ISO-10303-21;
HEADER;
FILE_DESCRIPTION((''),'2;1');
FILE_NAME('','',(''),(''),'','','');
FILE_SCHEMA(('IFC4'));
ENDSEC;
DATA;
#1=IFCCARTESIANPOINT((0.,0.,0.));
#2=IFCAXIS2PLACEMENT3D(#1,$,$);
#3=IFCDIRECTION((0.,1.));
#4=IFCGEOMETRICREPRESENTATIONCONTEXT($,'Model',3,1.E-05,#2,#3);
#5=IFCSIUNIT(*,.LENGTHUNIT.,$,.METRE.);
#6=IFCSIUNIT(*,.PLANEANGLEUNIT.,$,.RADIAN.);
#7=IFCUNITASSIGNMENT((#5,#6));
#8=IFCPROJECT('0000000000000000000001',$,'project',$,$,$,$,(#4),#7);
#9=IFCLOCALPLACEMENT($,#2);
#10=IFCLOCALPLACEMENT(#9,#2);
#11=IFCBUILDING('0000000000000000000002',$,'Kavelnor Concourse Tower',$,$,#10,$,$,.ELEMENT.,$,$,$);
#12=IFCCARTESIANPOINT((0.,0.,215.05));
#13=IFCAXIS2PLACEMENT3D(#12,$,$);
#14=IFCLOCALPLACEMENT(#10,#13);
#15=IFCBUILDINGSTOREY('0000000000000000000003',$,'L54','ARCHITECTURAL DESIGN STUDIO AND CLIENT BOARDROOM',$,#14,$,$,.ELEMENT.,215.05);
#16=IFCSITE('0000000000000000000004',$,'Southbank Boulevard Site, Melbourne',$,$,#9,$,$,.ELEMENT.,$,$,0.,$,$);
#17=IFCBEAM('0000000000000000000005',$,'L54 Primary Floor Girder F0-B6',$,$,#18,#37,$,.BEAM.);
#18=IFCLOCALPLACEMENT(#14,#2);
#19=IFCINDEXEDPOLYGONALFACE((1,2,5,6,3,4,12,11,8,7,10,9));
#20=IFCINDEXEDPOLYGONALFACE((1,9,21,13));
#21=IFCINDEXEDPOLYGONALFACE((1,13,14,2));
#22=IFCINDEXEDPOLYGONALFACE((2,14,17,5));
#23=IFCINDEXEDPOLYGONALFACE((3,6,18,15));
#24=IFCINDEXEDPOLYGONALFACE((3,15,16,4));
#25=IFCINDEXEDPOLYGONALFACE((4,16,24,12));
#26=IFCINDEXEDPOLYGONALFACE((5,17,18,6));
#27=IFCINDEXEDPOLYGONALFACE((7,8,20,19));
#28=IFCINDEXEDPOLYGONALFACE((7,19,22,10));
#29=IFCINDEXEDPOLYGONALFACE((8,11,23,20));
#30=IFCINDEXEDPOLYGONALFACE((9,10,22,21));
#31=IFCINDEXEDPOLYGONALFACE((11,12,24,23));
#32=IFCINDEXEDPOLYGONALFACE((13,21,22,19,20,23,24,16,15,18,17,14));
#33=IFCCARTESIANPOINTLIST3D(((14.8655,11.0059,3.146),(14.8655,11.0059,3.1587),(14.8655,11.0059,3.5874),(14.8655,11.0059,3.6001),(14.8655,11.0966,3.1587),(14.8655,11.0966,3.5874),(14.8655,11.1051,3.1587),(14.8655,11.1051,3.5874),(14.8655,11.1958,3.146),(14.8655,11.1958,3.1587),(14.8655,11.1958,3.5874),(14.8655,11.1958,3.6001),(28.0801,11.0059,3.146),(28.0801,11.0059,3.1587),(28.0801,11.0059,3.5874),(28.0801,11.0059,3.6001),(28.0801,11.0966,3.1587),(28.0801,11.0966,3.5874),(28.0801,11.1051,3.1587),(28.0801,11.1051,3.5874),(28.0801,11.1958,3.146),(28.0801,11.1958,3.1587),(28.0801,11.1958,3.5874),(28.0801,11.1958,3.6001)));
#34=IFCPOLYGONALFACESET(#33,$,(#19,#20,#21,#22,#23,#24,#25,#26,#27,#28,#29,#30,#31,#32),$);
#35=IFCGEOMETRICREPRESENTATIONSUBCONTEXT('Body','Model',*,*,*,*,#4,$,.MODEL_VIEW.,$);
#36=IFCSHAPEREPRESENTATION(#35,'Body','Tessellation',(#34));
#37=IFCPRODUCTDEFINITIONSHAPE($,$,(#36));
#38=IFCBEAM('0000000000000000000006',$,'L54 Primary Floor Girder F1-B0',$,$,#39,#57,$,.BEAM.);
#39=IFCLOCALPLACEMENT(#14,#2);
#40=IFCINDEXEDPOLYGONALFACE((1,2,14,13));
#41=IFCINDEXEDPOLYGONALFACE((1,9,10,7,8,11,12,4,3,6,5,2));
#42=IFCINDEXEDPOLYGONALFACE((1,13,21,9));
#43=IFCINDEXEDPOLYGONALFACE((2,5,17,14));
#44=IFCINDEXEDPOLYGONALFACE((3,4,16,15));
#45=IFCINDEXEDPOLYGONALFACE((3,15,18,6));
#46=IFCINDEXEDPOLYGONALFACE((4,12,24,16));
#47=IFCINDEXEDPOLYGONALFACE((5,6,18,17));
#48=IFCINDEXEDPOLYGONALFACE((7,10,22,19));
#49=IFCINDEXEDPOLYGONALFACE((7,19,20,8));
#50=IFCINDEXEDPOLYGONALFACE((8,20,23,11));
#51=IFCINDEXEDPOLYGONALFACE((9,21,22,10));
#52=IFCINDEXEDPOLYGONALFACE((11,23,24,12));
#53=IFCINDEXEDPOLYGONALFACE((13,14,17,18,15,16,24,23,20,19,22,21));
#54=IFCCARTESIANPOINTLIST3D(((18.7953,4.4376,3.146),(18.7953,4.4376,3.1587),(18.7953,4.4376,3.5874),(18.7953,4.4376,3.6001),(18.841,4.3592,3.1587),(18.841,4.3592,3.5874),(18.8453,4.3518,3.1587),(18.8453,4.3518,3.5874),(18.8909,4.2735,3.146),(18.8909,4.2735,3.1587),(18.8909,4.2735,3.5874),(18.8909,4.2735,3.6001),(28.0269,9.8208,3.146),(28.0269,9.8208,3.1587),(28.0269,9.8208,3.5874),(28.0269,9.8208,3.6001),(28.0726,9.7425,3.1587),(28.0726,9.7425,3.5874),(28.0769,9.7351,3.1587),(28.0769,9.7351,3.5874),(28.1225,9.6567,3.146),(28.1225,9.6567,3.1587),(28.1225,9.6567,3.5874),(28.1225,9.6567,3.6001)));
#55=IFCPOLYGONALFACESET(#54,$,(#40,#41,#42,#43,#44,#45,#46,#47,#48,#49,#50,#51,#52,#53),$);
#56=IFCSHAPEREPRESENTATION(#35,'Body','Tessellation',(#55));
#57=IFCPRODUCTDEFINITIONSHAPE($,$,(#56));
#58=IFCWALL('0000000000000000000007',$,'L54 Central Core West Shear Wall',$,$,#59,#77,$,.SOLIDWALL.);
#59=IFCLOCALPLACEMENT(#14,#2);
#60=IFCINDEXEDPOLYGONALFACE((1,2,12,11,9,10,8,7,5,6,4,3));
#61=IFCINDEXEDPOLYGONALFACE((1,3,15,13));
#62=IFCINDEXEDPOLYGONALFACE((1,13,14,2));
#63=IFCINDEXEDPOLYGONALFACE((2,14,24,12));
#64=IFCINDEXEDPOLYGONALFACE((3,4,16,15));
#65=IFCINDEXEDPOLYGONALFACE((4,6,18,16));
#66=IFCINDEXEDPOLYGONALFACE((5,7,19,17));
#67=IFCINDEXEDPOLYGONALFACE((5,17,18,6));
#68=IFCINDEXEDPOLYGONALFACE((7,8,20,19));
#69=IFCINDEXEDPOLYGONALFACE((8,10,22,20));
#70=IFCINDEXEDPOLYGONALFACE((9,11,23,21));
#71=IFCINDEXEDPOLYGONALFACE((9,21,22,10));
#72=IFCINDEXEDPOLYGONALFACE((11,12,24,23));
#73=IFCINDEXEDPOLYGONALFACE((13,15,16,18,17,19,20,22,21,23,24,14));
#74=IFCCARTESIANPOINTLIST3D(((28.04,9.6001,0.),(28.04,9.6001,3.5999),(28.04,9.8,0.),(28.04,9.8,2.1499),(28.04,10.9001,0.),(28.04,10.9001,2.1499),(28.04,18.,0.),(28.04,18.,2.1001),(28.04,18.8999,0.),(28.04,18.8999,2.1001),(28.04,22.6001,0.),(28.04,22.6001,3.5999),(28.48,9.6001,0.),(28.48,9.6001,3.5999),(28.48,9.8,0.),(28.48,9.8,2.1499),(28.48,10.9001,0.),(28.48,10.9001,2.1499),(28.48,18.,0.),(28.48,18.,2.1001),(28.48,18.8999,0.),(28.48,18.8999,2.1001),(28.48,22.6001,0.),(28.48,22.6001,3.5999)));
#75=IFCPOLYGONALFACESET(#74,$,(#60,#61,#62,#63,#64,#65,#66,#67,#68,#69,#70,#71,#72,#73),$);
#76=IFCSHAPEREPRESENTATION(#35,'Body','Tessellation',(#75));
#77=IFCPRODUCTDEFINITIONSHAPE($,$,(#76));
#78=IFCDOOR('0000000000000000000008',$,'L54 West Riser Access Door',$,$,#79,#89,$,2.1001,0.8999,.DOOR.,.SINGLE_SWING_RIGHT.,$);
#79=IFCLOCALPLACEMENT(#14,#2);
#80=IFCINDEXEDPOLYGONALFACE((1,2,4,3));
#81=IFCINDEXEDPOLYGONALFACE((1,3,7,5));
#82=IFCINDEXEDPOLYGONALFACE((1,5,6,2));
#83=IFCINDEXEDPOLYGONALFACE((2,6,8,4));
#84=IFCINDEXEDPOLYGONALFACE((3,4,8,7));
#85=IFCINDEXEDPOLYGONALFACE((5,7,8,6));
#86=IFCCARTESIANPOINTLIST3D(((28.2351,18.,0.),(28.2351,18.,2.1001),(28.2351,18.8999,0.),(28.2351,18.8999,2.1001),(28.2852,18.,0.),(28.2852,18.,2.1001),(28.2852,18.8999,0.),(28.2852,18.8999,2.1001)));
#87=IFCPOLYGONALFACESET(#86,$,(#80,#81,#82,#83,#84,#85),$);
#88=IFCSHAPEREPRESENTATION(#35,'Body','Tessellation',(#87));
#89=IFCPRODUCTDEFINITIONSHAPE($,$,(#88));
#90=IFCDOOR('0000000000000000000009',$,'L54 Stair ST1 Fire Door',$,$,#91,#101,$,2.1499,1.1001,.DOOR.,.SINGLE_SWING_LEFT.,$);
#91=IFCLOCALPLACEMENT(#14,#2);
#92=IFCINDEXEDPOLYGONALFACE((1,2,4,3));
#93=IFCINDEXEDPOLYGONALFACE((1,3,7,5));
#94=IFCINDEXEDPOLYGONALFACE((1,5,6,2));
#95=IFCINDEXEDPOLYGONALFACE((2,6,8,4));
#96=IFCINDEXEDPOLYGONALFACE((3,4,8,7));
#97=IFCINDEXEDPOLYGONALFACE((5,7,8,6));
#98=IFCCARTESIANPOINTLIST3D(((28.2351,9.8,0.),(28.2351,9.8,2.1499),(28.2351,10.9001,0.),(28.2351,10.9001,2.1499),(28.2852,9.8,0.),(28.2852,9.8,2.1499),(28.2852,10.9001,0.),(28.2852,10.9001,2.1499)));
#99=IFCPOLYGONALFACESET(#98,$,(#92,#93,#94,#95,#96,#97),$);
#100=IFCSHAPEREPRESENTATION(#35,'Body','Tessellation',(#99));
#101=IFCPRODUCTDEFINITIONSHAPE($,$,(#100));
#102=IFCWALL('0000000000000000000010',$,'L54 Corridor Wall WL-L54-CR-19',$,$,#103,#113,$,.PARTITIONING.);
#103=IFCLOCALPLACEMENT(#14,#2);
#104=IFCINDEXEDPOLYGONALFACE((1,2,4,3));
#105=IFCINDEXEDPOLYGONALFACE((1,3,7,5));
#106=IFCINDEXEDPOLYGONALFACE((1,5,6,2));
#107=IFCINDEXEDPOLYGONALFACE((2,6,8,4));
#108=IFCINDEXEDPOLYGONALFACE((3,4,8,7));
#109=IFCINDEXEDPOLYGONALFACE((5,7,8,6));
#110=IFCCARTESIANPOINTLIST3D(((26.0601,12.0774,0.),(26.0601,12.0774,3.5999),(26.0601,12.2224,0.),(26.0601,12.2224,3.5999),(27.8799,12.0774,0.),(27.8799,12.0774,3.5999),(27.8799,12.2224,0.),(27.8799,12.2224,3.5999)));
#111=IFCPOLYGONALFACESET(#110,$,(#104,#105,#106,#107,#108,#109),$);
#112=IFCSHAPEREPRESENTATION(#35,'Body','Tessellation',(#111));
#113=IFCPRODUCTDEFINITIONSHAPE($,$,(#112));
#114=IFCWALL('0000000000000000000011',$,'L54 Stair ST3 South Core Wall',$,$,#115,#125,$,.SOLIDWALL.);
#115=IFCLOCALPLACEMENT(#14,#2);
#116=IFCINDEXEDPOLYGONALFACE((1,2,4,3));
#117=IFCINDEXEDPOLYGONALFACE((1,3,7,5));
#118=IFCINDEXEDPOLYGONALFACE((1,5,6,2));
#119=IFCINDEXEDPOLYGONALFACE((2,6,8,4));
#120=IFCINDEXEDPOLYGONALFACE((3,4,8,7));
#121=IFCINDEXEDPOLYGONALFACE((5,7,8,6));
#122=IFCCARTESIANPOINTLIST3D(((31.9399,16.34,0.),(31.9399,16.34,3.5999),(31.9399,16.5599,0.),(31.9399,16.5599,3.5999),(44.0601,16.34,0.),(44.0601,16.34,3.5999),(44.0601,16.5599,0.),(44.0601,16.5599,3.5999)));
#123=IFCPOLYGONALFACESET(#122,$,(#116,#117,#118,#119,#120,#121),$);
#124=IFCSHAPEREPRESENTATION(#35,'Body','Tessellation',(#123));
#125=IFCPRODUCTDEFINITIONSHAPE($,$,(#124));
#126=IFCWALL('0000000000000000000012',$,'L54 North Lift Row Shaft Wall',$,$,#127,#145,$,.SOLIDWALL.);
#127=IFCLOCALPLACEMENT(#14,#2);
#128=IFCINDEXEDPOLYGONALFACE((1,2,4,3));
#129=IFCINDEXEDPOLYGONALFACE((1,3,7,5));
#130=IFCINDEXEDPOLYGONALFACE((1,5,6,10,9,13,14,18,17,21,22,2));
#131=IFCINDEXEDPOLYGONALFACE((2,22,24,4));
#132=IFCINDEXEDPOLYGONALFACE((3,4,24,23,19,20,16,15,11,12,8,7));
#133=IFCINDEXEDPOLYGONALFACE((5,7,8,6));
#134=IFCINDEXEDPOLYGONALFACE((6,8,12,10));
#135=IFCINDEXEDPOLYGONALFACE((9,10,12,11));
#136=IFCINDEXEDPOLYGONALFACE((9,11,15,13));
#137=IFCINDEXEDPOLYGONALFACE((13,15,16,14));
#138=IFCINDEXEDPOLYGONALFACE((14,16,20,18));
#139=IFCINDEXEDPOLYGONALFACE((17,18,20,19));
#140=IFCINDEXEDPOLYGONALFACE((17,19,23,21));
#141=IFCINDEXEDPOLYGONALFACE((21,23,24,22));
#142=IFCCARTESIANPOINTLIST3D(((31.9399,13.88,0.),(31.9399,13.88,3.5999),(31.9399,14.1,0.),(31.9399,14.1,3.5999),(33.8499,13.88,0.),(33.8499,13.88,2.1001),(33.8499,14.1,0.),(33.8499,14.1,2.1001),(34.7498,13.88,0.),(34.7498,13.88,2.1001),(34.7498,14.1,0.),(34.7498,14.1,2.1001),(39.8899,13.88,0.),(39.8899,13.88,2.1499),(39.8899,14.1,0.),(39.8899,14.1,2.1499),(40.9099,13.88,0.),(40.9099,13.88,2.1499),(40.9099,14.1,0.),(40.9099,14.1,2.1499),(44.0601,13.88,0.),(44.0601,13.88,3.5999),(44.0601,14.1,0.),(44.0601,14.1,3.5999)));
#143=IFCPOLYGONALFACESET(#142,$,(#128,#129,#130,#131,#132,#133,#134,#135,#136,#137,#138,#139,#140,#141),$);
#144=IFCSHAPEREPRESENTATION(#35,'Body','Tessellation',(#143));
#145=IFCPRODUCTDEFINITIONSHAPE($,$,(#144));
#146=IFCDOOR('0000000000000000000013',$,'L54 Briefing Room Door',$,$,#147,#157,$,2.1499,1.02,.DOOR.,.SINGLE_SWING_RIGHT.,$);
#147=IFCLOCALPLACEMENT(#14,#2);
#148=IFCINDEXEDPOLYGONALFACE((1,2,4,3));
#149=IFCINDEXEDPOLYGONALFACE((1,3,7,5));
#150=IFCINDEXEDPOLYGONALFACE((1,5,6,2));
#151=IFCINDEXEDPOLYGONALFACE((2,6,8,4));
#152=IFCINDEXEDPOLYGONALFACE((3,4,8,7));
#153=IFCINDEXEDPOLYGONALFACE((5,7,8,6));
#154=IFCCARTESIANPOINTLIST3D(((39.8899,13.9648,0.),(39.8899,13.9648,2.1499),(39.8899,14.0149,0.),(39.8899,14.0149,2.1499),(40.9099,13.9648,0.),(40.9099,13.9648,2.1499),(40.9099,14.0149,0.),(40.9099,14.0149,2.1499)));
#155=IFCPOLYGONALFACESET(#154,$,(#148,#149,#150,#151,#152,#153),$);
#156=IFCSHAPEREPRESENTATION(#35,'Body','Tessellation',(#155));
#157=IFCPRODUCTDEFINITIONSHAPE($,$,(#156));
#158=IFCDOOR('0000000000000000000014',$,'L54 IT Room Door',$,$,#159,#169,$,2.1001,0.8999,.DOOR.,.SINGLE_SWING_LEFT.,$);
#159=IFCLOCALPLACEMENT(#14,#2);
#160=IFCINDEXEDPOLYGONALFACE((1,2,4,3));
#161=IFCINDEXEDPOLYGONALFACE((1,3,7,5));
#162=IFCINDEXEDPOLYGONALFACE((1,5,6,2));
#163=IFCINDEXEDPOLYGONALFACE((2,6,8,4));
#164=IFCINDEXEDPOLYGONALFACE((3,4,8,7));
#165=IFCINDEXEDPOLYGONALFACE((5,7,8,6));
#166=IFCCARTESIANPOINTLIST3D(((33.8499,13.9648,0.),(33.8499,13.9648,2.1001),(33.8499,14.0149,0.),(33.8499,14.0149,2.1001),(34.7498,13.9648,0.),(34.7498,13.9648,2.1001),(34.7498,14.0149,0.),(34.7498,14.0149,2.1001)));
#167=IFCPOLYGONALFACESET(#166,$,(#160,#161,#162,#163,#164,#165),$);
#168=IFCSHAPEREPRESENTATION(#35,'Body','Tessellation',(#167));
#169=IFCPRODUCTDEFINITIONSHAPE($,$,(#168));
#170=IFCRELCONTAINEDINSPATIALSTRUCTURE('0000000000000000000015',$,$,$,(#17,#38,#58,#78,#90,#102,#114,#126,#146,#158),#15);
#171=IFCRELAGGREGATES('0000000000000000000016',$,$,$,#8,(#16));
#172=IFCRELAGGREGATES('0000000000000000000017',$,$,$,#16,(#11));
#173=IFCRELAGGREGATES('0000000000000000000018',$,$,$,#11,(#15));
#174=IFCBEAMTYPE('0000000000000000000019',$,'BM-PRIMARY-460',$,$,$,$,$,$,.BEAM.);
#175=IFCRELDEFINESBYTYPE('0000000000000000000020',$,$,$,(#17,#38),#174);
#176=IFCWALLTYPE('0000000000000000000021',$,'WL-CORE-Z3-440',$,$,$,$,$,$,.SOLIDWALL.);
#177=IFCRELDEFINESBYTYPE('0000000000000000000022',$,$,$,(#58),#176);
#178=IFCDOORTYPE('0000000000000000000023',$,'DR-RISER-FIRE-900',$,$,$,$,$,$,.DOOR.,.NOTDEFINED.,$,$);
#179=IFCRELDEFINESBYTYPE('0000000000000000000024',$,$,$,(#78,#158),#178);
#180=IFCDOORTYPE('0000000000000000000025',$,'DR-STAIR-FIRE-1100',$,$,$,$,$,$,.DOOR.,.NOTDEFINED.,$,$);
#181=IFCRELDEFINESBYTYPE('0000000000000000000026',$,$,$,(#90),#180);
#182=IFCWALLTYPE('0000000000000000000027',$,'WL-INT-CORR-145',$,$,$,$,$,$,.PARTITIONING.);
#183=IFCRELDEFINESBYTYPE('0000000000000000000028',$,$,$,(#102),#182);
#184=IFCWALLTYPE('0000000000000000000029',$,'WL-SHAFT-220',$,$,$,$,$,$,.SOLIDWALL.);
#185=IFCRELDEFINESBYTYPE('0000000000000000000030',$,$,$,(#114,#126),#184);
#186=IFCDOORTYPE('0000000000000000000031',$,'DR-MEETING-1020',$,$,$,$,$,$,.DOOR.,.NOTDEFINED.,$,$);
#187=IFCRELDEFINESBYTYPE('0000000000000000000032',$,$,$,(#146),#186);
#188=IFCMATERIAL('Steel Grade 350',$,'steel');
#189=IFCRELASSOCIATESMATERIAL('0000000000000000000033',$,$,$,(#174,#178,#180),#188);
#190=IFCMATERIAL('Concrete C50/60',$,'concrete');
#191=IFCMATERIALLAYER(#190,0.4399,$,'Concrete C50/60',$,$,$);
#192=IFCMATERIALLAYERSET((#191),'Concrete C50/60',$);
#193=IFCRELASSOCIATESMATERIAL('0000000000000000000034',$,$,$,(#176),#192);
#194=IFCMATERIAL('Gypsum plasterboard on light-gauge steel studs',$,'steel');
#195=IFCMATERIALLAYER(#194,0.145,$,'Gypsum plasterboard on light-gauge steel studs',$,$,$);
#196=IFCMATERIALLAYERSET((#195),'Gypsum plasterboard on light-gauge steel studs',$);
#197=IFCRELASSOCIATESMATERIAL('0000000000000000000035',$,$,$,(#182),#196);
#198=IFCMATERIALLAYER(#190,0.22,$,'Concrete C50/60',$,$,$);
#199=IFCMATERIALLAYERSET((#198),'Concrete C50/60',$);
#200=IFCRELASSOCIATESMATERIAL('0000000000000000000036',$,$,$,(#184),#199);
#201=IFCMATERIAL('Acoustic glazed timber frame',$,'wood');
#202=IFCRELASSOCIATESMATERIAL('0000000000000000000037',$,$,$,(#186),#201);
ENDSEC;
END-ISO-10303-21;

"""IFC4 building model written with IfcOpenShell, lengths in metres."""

from ifc_helpers import new_model, si_unit, direction, frame, frame_2d, origin, origin_2d, place, context, subcontext, project, spatial, rectangle, i_section, extrude, material, layer, layer_set, material_profile, profile_set, type_object, element, fill, save


model = new_model("IFC4")

# Units and contexts
model_context = context("Model", 3, precision=1e-05, world=origin(), true_north=direction((0.0, 1.0)))
body_context = subcontext(model_context, "Body", "Model", "MODEL_VIEW")
ifc_project = project(units=[si_unit("LENGTHUNIT", "METRE"), si_unit("PLANEANGLEUNIT", "RADIAN")], contexts=[model_context])

# Site, building, storey
site_placement = place(None, origin())
site = spatial("IfcSite", under=ifc_project, at=site_placement, Name="Southbank Boulevard Site, Melbourne", CompositionType="ELEMENT", RefElevation=0.0)
building_placement = place(site_placement, origin())
building = spatial("IfcBuilding", under=site, at=building_placement, Name="Kavelnor Concourse Tower", CompositionType="ELEMENT")
storey_placement = place(building_placement, frame((0.0, 0.0, 215.05)))
storey = spatial("IfcBuildingStorey", under=building, at=storey_placement, Name="L54", Description="ARCHITECTURAL DESIGN STUDIO AND CLIENT BOARDROOM", CompositionType="ELEMENT", Elevation=215.05)

# Beams
ifc_material_1 = material(Name="Steel Grade 350", Category="steel")
ifc_material_profile = material_profile(ifc_material_1, i_section(OverallWidth=0.1899, OverallDepth=0.4541, WebThickness=0.0085, FlangeThickness=0.0127, at=origin_2d()), Name="460UB67")
ifc_profile_set = profile_set([ifc_material_profile], Name="Steel Grade 350")
beam_type = type_object("IfcBeamType", Name="BM-PRIMARY-460", PredefinedType="BEAM", material=ifc_profile_set)
beam_1_placement = place(storey_placement, frame((28.0801, 11.1008, 3.373), z_axis=(-1.0, 0.0, 0.0), x_axis=(0.0, -1.0, 0.0)))
element("IfcBeam", 1, at=beam_1_placement, inside=storey, type_object=beam_type, Name="L54 Primary Floor Girder F0-B6", PredefinedType="BEAM", context=body_context, shape_type="SweptSolid", body=[
    extrude(i_section(OverallWidth=0.1899, OverallDepth=0.4541, WebThickness=0.0085, FlangeThickness=0.0127, at=origin_2d()), origin(), (0.0, 0.0, 1.0), 13.2146),
])
beam_2_placement = place(storey_placement, frame((28.0747, 9.7388, 3.373), z_axis=(-0.863854, -0.503742, 0.0), x_axis=(0.503742, -0.863854, 0.0)))
element("IfcBeam", 2, at=beam_2_placement, inside=storey, type_object=beam_type, Name="L54 Primary Floor Girder F1-B0", PredefinedType="BEAM", context=body_context, shape_type="SweptSolid", body=[
    extrude(i_section(OverallWidth=0.1899, OverallDepth=0.4541, WebThickness=0.0085, FlangeThickness=0.0127, at=origin_2d()), origin(), (0.0, 0.0, 1.0), 10.6865),
])

# Wall, openings, doors
ifc_material_2 = material(Name="Concrete C50/60", Category="concrete")
ifc_layer_1 = layer(ifc_material_2, 0.4399, Name="Concrete C50/60")
ifc_layer_set_1 = layer_set([ifc_layer_1], Name="Concrete C50/60")
wall_type_1 = type_object("IfcWallType", Name="WL-CORE-Z3-440", PredefinedType="SOLIDWALL", material=ifc_layer_set_1)
wall_1_placement = place(storey_placement, frame((28.26, 9.6001, 0.0), z_axis=(0.0, 0.0, 1.0), x_axis=(0.0, 1.0, 0.0)))
wall_1 = element("IfcWall", 3, at=wall_1_placement, inside=storey, type_object=wall_type_1, Name="L54 Central Core West Shear Wall", PredefinedType="SOLIDWALL", context=body_context, shape_type="SweptSolid", body=[
    extrude(rectangle(XDim=13.0, YDim=0.4399, at=frame_2d((6.5, 0.0))), origin(), (0.0, 0.0, 1.0), 3.5999),
])
opening_1_placement = place(wall_1_placement, frame((0.2, 0.0, 0.0)))
opening_1 = element("IfcOpeningElement", 4, at=opening_1_placement, cuts=wall_1, PredefinedType="OPENING", context=body_context, shape_type="SweptSolid", body=[
    extrude(rectangle(XDim=1.1001, YDim=2.1499, at=frame_2d((0.55, 1.075))), frame((0.0, 0.23, 0.0), z_axis=(0.0, -1.0, 0.0), x_axis=(1.0, 0.0, 0.0)), (0.0, 0.0, 1.0), 0.46),
])
opening_2_placement = place(wall_1_placement, frame((8.3999, 0.0, 0.0)))
opening_2 = element("IfcOpeningElement", 5, at=opening_2_placement, cuts=wall_1, PredefinedType="OPENING", context=body_context, shape_type="SweptSolid", body=[
    extrude(rectangle(XDim=0.8999, YDim=2.1001, at=frame_2d((0.45, 1.05))), frame((0.0, 0.23, 0.0), z_axis=(0.0, -1.0, 0.0), x_axis=(1.0, 0.0, 0.0)), (0.0, 0.0, 1.0), 0.46),
])
door_type_1 = type_object("IfcDoorType", Name="DR-RISER-FIRE-900", OperationType="NOTDEFINED", PredefinedType="DOOR", material=ifc_material_1)
door_1_placement = place(opening_2_placement, origin())
door_1 = element("IfcDoor", 6, at=door_1_placement, inside=storey, type_object=door_type_1, Name="L54 West Riser Access Door", OperationType="SINGLE_SWING_RIGHT", OverallHeight=2.1001, OverallWidth=0.8999, PredefinedType="DOOR", context=body_context, shape_type="SweptSolid", body=[
    extrude(rectangle(XDim=0.8999, YDim=2.1001, at=frame_2d((0.45, 1.05))), frame((0.0, 0.0249, 0.0), z_axis=(0.0, -1.0, 0.0), x_axis=(1.0, 0.0, 0.0)), (0.0, 0.0, 1.0), 0.05),
])
fill(opening_2, door_1)
door_type_2 = type_object("IfcDoorType", Name="DR-STAIR-FIRE-1100", OperationType="NOTDEFINED", PredefinedType="DOOR", material=ifc_material_1)
door_2_placement = place(opening_1_placement, origin())
door_2 = element("IfcDoor", 7, at=door_2_placement, inside=storey, type_object=door_type_2, Name="L54 Stair ST1 Fire Door", OperationType="SINGLE_SWING_LEFT", OverallHeight=2.1499, OverallWidth=1.1001, PredefinedType="DOOR", context=body_context, shape_type="SweptSolid", body=[
    extrude(rectangle(XDim=1.1001, YDim=2.1499, at=frame_2d((0.55, 1.075))), frame((0.0, 0.0249, 0.0), z_axis=(0.0, -1.0, 0.0), x_axis=(1.0, 0.0, 0.0)), (0.0, 0.0, 1.0), 0.05),
])
fill(opening_1, door_2)

# Walls
ifc_material_3 = material(Name="Gypsum plasterboard on light-gauge steel studs", Category="steel")
ifc_layer_2 = layer(ifc_material_3, 0.145, Name="Gypsum plasterboard on light-gauge steel studs")
ifc_layer_set_2 = layer_set([ifc_layer_2], Name="Gypsum plasterboard on light-gauge steel studs")
wall_type_2 = type_object("IfcWallType", Name="WL-INT-CORR-145", PredefinedType="PARTITIONING", material=ifc_layer_set_2)
wall_2_placement = place(storey_placement, frame((26.0601, 12.1499, 0.0), z_axis=(0.0, 0.0, 1.0), x_axis=(1.0, 0.0, 0.0)))
element("IfcWall", 8, at=wall_2_placement, inside=storey, type_object=wall_type_2, Name="L54 Corridor Wall WL-L54-CR-19", PredefinedType="PARTITIONING", context=body_context, shape_type="SweptSolid", body=[
    extrude(rectangle(XDim=1.8198, YDim=0.145, at=frame_2d((0.9099, 0.0))), origin(), (0.0, 0.0, 1.0), 3.5999),
])
ifc_layer_3 = layer(ifc_material_2, 0.22, Name="Concrete C50/60")
ifc_layer_set_3 = layer_set([ifc_layer_3], Name="Concrete C50/60")
wall_type_3 = type_object("IfcWallType", Name="WL-SHAFT-220", PredefinedType="SOLIDWALL", material=ifc_layer_set_3)
wall_3_placement = place(storey_placement, frame((31.9399, 16.45, 0.0), z_axis=(0.0, 0.0, 1.0), x_axis=(1.0, 0.0, 0.0)))
element("IfcWall", 9, at=wall_3_placement, inside=storey, type_object=wall_type_3, Name="L54 Stair ST3 South Core Wall", PredefinedType="SOLIDWALL", context=body_context, shape_type="SweptSolid", body=[
    extrude(rectangle(XDim=12.1201, YDim=0.22, at=frame_2d((6.0601, 0.0))), origin(), (0.0, 0.0, 1.0), 3.5999),
])

# Wall, openings, doors
wall_4_placement = place(storey_placement, frame((31.9399, 13.99, 0.0), z_axis=(0.0, 0.0, 1.0), x_axis=(1.0, 0.0, 0.0)))
wall_4 = element("IfcWall", 10, at=wall_4_placement, inside=storey, type_object=wall_type_3, Name="L54 North Lift Row Shaft Wall", PredefinedType="SOLIDWALL", context=body_context, shape_type="SweptSolid", body=[
    extrude(rectangle(XDim=12.1201, YDim=0.22, at=frame_2d((6.0601, 0.0))), origin(), (0.0, 0.0, 1.0), 3.5999),
])
opening_3_placement = place(wall_4_placement, frame((1.9099, 0.0, 0.0)))
opening_3 = element("IfcOpeningElement", 11, at=opening_3_placement, cuts=wall_4, PredefinedType="OPENING", context=body_context, shape_type="SweptSolid", body=[
    extrude(rectangle(XDim=0.8999, YDim=2.1001, at=frame_2d((0.45, 1.05))), frame((0.0, 0.1201, 0.0), z_axis=(0.0, -1.0, 0.0), x_axis=(1.0, 0.0, 0.0)), (0.0, 0.0, 1.0), 0.24),
])
opening_4_placement = place(wall_4_placement, frame((7.95, 0.0, 0.0)))
opening_4 = element("IfcOpeningElement", 12, at=opening_4_placement, cuts=wall_4, PredefinedType="OPENING", context=body_context, shape_type="SweptSolid", body=[
    extrude(rectangle(XDim=1.02, YDim=2.1499, at=frame_2d((0.51, 1.075))), frame((0.0, 0.1201, 0.0), z_axis=(0.0, -1.0, 0.0), x_axis=(1.0, 0.0, 0.0)), (0.0, 0.0, 1.0), 0.24),
])
ifc_material_4 = material(Name="Acoustic glazed timber frame", Category="wood")
door_type_3 = type_object("IfcDoorType", Name="DR-MEETING-1020", OperationType="NOTDEFINED", PredefinedType="DOOR", material=ifc_material_4)
door_3_placement = place(opening_4_placement, origin())
door_3 = element("IfcDoor", 13, at=door_3_placement, inside=storey, type_object=door_type_3, Name="L54 Briefing Room Door", OperationType="SINGLE_SWING_RIGHT", OverallHeight=2.1499, OverallWidth=1.02, PredefinedType="DOOR", context=body_context, shape_type="SweptSolid", body=[
    extrude(rectangle(XDim=1.02, YDim=2.1499, at=frame_2d((0.51, 1.075))), frame((0.0, 0.0249, 0.0), z_axis=(0.0, -1.0, 0.0), x_axis=(1.0, 0.0, 0.0)), (0.0, 0.0, 1.0), 0.05),
])
fill(opening_4, door_3)
door_4_placement = place(opening_3_placement, origin())
door_4 = element("IfcDoor", 14, at=door_4_placement, inside=storey, type_object=door_type_1, Name="L54 IT Room Door", OperationType="SINGLE_SWING_LEFT", OverallHeight=2.1001, OverallWidth=0.8999, PredefinedType="DOOR", context=body_context, shape_type="SweptSolid", body=[
    extrude(rectangle(XDim=0.8999, YDim=2.1001, at=frame_2d((0.45, 1.05))), frame((0.0, 0.0249, 0.0), z_axis=(0.0, -1.0, 0.0), x_axis=(1.0, 0.0, 0.0)), (0.0, 0.0, 1.0), 0.05),
])
fill(opening_3, door_4)

save(model, "model.ifc")
